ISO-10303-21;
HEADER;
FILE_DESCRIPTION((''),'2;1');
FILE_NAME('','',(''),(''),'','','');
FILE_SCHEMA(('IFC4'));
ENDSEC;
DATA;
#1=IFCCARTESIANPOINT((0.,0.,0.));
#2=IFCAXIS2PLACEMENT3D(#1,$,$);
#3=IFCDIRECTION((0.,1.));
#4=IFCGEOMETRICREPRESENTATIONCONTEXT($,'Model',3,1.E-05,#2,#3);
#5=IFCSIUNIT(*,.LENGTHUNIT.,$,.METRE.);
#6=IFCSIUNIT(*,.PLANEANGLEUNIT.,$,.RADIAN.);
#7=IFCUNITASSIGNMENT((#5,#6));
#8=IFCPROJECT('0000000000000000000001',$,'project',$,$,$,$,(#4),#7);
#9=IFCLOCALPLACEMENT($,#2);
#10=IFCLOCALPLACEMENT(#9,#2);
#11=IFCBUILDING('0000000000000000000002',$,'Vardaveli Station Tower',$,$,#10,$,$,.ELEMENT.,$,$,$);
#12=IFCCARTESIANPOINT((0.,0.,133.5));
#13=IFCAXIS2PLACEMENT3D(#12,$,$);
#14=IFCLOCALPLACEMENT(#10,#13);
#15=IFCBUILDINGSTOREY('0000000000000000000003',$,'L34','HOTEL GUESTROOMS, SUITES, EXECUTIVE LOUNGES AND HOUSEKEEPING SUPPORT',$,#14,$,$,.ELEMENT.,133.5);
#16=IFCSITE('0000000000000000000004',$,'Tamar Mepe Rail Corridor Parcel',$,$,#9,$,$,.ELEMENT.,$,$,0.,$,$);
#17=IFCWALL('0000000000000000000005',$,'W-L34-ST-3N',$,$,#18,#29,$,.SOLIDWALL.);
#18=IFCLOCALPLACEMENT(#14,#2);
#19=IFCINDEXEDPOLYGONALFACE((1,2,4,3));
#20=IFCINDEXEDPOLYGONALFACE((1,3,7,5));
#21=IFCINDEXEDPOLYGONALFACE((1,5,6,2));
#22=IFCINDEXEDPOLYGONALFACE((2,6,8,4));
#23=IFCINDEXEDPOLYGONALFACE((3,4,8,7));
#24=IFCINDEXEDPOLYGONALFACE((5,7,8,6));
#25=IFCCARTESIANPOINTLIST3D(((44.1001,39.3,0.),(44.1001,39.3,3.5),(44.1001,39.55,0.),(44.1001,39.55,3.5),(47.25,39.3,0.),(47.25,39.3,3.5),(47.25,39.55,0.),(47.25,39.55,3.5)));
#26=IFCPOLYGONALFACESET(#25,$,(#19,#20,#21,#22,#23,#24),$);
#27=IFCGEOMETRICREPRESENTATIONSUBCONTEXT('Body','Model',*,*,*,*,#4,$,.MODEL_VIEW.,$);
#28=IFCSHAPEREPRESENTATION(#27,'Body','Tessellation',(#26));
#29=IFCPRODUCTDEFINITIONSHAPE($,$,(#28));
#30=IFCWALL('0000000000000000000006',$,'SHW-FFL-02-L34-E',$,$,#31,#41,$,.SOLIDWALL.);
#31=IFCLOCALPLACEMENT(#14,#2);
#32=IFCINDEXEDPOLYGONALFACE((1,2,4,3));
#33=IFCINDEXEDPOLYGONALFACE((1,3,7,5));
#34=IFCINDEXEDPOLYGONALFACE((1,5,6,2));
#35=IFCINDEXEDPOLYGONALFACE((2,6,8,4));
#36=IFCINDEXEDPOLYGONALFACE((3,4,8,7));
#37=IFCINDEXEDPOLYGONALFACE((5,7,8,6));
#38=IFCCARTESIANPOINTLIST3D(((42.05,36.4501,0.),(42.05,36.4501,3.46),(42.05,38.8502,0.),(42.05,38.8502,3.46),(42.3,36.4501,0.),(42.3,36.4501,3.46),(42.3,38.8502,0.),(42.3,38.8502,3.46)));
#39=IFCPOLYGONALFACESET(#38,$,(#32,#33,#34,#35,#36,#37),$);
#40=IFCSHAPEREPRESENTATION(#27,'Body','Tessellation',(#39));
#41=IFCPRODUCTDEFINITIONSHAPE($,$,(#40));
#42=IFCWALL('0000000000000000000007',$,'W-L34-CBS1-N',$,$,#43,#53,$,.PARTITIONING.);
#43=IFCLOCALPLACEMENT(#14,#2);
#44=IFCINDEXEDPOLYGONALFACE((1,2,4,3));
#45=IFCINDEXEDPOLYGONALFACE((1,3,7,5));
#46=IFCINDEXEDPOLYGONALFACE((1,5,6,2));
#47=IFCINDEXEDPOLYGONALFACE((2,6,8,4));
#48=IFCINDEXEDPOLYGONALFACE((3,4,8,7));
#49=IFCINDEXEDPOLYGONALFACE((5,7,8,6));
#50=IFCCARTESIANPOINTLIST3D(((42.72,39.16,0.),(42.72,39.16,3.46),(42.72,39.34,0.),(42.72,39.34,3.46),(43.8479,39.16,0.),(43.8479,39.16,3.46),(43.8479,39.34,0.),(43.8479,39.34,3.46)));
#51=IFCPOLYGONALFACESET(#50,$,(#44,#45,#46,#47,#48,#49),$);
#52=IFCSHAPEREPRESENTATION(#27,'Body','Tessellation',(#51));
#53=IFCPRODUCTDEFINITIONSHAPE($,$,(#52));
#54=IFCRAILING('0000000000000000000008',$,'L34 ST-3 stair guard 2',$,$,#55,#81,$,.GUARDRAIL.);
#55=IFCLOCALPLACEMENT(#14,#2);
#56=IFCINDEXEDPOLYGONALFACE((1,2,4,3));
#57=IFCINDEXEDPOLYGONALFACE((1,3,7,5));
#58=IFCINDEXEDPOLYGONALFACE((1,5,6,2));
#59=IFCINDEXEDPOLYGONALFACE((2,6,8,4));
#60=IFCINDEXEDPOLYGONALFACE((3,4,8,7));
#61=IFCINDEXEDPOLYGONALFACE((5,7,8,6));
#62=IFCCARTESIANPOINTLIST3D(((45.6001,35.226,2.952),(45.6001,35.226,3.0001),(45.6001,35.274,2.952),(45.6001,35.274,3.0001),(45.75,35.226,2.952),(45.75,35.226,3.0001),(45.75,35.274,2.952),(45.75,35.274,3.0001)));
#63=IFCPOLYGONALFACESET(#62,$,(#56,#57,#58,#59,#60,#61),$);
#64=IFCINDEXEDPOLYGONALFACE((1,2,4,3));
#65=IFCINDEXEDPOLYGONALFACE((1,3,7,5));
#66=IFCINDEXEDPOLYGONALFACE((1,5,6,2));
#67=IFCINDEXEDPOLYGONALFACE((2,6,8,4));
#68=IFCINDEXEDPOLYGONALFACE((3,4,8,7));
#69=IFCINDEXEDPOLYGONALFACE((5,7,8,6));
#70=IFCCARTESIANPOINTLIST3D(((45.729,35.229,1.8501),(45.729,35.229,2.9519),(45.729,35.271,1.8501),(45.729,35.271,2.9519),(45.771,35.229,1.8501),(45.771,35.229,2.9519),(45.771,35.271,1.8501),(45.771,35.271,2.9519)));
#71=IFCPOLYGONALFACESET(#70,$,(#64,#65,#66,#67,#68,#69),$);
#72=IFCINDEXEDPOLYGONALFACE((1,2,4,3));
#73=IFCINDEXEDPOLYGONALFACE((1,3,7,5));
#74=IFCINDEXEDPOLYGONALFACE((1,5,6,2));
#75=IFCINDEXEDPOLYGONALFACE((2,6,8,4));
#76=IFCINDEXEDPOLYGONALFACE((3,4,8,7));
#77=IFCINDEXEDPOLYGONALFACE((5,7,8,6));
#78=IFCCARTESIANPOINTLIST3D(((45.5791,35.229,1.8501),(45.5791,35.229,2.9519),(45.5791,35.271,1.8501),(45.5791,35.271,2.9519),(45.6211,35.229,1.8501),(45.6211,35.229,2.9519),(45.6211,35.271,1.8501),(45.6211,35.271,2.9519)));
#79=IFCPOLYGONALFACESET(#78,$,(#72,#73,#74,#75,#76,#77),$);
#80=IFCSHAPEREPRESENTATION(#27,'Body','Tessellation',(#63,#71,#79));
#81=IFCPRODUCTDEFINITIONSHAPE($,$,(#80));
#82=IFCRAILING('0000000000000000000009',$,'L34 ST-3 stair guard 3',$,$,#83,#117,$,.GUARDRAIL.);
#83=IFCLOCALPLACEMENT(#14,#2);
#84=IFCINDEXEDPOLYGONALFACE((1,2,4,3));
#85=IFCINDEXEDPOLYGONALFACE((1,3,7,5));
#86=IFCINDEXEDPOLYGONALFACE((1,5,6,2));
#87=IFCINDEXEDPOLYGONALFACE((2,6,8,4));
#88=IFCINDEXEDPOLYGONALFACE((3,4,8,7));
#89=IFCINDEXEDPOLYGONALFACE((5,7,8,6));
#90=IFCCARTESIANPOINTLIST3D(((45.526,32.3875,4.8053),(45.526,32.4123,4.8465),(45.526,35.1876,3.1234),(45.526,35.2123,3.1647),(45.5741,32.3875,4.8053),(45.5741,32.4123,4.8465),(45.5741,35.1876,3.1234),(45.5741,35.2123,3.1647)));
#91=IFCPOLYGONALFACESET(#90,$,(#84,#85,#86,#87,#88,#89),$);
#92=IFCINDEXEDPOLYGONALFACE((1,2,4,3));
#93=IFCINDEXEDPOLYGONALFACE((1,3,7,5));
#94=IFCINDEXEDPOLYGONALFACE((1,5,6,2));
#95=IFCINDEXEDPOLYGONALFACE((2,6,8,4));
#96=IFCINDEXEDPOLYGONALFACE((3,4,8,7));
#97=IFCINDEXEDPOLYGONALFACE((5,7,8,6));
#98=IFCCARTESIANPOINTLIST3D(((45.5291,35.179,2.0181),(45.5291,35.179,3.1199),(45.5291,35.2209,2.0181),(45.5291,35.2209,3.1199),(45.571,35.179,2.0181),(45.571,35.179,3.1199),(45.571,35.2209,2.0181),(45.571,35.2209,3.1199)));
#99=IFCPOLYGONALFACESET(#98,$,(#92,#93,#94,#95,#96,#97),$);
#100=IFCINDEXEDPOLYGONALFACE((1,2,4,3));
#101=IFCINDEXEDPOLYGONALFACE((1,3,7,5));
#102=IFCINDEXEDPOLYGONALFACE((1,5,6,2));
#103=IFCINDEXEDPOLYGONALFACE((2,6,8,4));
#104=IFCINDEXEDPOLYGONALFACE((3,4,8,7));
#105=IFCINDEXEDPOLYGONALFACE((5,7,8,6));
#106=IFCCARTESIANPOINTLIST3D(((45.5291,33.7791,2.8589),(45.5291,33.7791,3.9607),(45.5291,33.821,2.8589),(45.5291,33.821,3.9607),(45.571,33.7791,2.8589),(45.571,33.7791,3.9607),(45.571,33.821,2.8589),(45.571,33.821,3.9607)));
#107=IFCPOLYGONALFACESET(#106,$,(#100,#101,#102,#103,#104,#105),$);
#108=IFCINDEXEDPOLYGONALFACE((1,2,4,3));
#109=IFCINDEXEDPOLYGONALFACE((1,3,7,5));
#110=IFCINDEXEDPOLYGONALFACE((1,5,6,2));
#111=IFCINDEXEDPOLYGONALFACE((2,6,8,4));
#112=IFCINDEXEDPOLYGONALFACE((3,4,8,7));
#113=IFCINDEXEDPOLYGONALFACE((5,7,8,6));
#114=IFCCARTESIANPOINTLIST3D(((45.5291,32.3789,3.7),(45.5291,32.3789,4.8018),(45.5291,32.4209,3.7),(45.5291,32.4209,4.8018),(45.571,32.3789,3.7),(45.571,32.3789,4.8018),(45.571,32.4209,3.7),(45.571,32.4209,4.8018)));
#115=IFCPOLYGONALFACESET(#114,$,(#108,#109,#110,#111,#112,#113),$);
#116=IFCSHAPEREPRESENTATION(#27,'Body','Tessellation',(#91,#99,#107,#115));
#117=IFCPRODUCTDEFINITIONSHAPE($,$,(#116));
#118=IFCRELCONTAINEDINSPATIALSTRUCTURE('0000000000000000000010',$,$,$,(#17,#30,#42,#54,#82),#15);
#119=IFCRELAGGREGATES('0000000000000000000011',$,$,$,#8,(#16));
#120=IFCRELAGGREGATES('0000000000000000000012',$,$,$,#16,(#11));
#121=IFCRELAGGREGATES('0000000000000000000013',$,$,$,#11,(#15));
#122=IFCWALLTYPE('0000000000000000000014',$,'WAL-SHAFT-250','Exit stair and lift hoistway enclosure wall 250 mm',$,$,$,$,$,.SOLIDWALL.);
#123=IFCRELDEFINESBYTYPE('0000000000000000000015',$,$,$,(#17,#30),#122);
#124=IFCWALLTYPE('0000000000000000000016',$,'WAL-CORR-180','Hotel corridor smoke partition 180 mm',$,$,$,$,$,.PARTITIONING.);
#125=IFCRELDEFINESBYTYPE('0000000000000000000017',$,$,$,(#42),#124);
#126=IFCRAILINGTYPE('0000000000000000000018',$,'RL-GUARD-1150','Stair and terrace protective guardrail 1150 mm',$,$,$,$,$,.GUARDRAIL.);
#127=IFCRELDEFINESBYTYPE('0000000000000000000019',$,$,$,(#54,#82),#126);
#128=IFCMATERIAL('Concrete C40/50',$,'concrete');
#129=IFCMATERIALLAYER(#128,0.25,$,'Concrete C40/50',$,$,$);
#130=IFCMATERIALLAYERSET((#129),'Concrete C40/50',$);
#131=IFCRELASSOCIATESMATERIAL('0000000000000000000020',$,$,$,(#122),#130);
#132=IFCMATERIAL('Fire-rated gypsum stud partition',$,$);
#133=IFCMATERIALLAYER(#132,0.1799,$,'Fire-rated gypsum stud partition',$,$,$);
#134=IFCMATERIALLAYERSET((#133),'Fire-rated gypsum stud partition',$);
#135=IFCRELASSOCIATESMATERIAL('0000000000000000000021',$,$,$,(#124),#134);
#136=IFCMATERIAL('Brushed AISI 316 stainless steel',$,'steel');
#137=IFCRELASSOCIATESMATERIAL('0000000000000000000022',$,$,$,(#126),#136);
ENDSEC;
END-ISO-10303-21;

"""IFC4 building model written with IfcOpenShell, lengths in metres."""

from ifc_helpers import new_model, si_unit, direction, frame, frame_2d, origin, origin_2d, place, context, subcontext, project, spatial, rectangle, extrude, source, transform, mapped, material, layer, layer_set, type_object, element, save


model = new_model("IFC4")

# Units and contexts
model_context = context("Model", 3, precision=1e-05, world=origin(), true_north=direction((0.0, 1.0)))
body_context = subcontext(model_context, "Body", "Model", "MODEL_VIEW")
ifc_project = project(units=[si_unit("LENGTHUNIT", "METRE"), si_unit("PLANEANGLEUNIT", "RADIAN")], contexts=[model_context])

# Site, building, storey
site_placement = place(None, origin())
site = spatial("IfcSite", under=ifc_project, at=site_placement, Name="Tamar Mepe Rail Corridor Parcel", CompositionType="ELEMENT", RefElevation=0.0)
building_placement = place(site_placement, origin())
building = spatial("IfcBuilding", under=site, at=building_placement, Name="Vardaveli Station Tower", CompositionType="ELEMENT")
storey_placement = place(building_placement, frame((0.0, 0.0, 133.5)))
storey = spatial("IfcBuildingStorey", under=building, at=storey_placement, Name="L34", Description="HOTEL GUESTROOMS, SUITES, EXECUTIVE LOUNGES AND HOUSEKEEPING SUPPORT", CompositionType="ELEMENT", Elevation=133.5)

# Walls
ifc_material_1 = material(Name="Concrete C40/50", Category="concrete")
ifc_layer_1 = layer(ifc_material_1, 0.25, Name="Concrete C40/50")
ifc_layer_set_1 = layer_set([ifc_layer_1], Name="Concrete C40/50")
wall_type_1 = type_object("IfcWallType", Name="WAL-SHAFT-250", Description="Exit stair and lift hoistway enclosure wall 250 mm", PredefinedType="SOLIDWALL", material=ifc_layer_set_1)
shared_shape_1 = source(origin(), body_context, "Body", "SweptSolid", [
    extrude(rectangle(XDim=3.1499, YDim=0.25, at=frame_2d((1.575, 0.0))), origin(), (0.0, 0.0, 1.0), 3.5),
])
wall_1_placement = place(storey_placement, frame((44.1001, 39.425, 0.0), z_axis=(0.0, 0.0, 1.0), x_axis=(1.0, 0.0, 0.0)))
element("IfcWall", 1, at=wall_1_placement, inside=storey, type_object=wall_type_1, Name="W-L34-ST-3N", PredefinedType="SOLIDWALL", context=body_context, shape_type="MappedRepresentation", body=[
    mapped(shared_shape_1, transform((0.0, 0.0, 0.0), scale=1.0)),
])
shared_shape_2 = source(origin(), body_context, "Body", "SweptSolid", [
    extrude(rectangle(XDim=2.4001, YDim=0.25, at=frame_2d((1.2002, 0.0))), origin(), (0.0, 0.0, 1.0), 3.46),
])
wall_2_placement = place(storey_placement, frame((42.175, 36.45, 0.0), z_axis=(0.0, 0.0, 1.0), x_axis=(0.0, 1.0, 0.0)))
element("IfcWall", 2, at=wall_2_placement, inside=storey, type_object=wall_type_1, Name="SHW-FFL-02-L34-E", PredefinedType="SOLIDWALL", context=body_context, shape_type="MappedRepresentation", body=[
    mapped(shared_shape_2, transform((0.0, 0.0, 0.0), scale=1.0)),
])
ifc_material_2 = material(Name="Fire-rated gypsum stud partition")
ifc_layer_2 = layer(ifc_material_2, 0.1799, Name="Fire-rated gypsum stud partition")
ifc_layer_set_2 = layer_set([ifc_layer_2], Name="Fire-rated gypsum stud partition")
wall_type_2 = type_object("IfcWallType", Name="WAL-CORR-180", Description="Hotel corridor smoke partition 180 mm", PredefinedType="PARTITIONING", material=ifc_layer_set_2)
shared_shape_3 = source(origin(), body_context, "Body", "SweptSolid", [
    extrude(rectangle(XDim=1.1279, YDim=0.1799, at=frame_2d((0.564, 0.0))), origin(), (0.0, 0.0, 1.0), 3.46),
])
wall_3_placement = place(storey_placement, frame((42.72, 39.25, 0.0), z_axis=(0.0, 0.0, 1.0), x_axis=(1.0, 0.0, 0.0)))
element("IfcWall", 3, at=wall_3_placement, inside=storey, type_object=wall_type_2, Name="W-L34-CBS1-N", PredefinedType="PARTITIONING", context=body_context, shape_type="MappedRepresentation", body=[
    mapped(shared_shape_3, transform((0.0, 0.0, 0.0), scale=1.0)),
])

# Railings
ifc_material_3 = material(Name="Brushed AISI 316 stainless steel", Category="steel")
railing_type = type_object("IfcRailingType", Name="RL-GUARD-1150", Description="Stair and terrace protective guardrail 1150 mm", PredefinedType="GUARDRAIL", material=ifc_material_3)
shared_shape_4 = source(origin(), body_context, "Body", "SweptSolid", [
    extrude(rectangle(XDim=0.0481, YDim=0.0481, at=origin_2d()), frame((0.0, 0.0, 1.126), z_axis=(-1.0, 0.0, 0.0), x_axis=(0.0, -1.0, 0.0)), (0.0, 0.0, 1.0), 0.1499),
    extrude(rectangle(XDim=0.042, YDim=0.042, at=origin_2d()), origin(), (0.0, 0.0, 1.0), 1.1018),
    extrude(rectangle(XDim=0.042, YDim=0.042, at=origin_2d()), frame((-0.1499, 0.0, 0.0)), (0.0, 0.0, 1.0), 1.1018),
])
railing_1_placement = place(storey_placement, frame((45.75, 35.25, 1.8501)))
element("IfcRailing", 4, at=railing_1_placement, inside=storey, type_object=railing_type, Name="L34 ST-3 stair guard 2", PredefinedType="GUARDRAIL", context=body_context, shape_type="MappedRepresentation", body=[
    mapped(shared_shape_4, transform((0.0, 0.0, 0.0), scale=1.0)),
])
shared_shape_5 = source(origin(), body_context, "Body", "SweptSolid", [
    extrude(rectangle(XDim=0.0481, YDim=0.0481, at=origin_2d()), frame((0.0, 0.0, 1.126), z_axis=(0.0, -0.857242, 0.514913), x_axis=(1.0, 0.0, 0.0)), (0.0, 0.0, 1.0), 3.2664),
    extrude(rectangle(XDim=0.042, YDim=0.042, at=origin_2d()), origin(), (0.0, 0.0, 1.0), 1.1018),
    extrude(rectangle(XDim=0.042, YDim=0.042, at=origin_2d()), frame((0.0, -1.3999, 0.8408)), (0.0, 0.0, 1.0), 1.1018),
    extrude(rectangle(XDim=0.042, YDim=0.042, at=origin_2d()), frame((0.0, -2.8, 1.6819)), (0.0, 0.0, 1.0), 1.1018),
])
railing_2_placement = place(storey_placement, frame((45.55, 35.2, 2.0181)))
element("IfcRailing", 5, at=railing_2_placement, inside=storey, type_object=railing_type, Name="L34 ST-3 stair guard 3", PredefinedType="GUARDRAIL", context=body_context, shape_type="MappedRepresentation", body=[
    mapped(shared_shape_5, transform((0.0, 0.0, 0.0), scale=1.0)),
])

save(model, "model.ifc")
